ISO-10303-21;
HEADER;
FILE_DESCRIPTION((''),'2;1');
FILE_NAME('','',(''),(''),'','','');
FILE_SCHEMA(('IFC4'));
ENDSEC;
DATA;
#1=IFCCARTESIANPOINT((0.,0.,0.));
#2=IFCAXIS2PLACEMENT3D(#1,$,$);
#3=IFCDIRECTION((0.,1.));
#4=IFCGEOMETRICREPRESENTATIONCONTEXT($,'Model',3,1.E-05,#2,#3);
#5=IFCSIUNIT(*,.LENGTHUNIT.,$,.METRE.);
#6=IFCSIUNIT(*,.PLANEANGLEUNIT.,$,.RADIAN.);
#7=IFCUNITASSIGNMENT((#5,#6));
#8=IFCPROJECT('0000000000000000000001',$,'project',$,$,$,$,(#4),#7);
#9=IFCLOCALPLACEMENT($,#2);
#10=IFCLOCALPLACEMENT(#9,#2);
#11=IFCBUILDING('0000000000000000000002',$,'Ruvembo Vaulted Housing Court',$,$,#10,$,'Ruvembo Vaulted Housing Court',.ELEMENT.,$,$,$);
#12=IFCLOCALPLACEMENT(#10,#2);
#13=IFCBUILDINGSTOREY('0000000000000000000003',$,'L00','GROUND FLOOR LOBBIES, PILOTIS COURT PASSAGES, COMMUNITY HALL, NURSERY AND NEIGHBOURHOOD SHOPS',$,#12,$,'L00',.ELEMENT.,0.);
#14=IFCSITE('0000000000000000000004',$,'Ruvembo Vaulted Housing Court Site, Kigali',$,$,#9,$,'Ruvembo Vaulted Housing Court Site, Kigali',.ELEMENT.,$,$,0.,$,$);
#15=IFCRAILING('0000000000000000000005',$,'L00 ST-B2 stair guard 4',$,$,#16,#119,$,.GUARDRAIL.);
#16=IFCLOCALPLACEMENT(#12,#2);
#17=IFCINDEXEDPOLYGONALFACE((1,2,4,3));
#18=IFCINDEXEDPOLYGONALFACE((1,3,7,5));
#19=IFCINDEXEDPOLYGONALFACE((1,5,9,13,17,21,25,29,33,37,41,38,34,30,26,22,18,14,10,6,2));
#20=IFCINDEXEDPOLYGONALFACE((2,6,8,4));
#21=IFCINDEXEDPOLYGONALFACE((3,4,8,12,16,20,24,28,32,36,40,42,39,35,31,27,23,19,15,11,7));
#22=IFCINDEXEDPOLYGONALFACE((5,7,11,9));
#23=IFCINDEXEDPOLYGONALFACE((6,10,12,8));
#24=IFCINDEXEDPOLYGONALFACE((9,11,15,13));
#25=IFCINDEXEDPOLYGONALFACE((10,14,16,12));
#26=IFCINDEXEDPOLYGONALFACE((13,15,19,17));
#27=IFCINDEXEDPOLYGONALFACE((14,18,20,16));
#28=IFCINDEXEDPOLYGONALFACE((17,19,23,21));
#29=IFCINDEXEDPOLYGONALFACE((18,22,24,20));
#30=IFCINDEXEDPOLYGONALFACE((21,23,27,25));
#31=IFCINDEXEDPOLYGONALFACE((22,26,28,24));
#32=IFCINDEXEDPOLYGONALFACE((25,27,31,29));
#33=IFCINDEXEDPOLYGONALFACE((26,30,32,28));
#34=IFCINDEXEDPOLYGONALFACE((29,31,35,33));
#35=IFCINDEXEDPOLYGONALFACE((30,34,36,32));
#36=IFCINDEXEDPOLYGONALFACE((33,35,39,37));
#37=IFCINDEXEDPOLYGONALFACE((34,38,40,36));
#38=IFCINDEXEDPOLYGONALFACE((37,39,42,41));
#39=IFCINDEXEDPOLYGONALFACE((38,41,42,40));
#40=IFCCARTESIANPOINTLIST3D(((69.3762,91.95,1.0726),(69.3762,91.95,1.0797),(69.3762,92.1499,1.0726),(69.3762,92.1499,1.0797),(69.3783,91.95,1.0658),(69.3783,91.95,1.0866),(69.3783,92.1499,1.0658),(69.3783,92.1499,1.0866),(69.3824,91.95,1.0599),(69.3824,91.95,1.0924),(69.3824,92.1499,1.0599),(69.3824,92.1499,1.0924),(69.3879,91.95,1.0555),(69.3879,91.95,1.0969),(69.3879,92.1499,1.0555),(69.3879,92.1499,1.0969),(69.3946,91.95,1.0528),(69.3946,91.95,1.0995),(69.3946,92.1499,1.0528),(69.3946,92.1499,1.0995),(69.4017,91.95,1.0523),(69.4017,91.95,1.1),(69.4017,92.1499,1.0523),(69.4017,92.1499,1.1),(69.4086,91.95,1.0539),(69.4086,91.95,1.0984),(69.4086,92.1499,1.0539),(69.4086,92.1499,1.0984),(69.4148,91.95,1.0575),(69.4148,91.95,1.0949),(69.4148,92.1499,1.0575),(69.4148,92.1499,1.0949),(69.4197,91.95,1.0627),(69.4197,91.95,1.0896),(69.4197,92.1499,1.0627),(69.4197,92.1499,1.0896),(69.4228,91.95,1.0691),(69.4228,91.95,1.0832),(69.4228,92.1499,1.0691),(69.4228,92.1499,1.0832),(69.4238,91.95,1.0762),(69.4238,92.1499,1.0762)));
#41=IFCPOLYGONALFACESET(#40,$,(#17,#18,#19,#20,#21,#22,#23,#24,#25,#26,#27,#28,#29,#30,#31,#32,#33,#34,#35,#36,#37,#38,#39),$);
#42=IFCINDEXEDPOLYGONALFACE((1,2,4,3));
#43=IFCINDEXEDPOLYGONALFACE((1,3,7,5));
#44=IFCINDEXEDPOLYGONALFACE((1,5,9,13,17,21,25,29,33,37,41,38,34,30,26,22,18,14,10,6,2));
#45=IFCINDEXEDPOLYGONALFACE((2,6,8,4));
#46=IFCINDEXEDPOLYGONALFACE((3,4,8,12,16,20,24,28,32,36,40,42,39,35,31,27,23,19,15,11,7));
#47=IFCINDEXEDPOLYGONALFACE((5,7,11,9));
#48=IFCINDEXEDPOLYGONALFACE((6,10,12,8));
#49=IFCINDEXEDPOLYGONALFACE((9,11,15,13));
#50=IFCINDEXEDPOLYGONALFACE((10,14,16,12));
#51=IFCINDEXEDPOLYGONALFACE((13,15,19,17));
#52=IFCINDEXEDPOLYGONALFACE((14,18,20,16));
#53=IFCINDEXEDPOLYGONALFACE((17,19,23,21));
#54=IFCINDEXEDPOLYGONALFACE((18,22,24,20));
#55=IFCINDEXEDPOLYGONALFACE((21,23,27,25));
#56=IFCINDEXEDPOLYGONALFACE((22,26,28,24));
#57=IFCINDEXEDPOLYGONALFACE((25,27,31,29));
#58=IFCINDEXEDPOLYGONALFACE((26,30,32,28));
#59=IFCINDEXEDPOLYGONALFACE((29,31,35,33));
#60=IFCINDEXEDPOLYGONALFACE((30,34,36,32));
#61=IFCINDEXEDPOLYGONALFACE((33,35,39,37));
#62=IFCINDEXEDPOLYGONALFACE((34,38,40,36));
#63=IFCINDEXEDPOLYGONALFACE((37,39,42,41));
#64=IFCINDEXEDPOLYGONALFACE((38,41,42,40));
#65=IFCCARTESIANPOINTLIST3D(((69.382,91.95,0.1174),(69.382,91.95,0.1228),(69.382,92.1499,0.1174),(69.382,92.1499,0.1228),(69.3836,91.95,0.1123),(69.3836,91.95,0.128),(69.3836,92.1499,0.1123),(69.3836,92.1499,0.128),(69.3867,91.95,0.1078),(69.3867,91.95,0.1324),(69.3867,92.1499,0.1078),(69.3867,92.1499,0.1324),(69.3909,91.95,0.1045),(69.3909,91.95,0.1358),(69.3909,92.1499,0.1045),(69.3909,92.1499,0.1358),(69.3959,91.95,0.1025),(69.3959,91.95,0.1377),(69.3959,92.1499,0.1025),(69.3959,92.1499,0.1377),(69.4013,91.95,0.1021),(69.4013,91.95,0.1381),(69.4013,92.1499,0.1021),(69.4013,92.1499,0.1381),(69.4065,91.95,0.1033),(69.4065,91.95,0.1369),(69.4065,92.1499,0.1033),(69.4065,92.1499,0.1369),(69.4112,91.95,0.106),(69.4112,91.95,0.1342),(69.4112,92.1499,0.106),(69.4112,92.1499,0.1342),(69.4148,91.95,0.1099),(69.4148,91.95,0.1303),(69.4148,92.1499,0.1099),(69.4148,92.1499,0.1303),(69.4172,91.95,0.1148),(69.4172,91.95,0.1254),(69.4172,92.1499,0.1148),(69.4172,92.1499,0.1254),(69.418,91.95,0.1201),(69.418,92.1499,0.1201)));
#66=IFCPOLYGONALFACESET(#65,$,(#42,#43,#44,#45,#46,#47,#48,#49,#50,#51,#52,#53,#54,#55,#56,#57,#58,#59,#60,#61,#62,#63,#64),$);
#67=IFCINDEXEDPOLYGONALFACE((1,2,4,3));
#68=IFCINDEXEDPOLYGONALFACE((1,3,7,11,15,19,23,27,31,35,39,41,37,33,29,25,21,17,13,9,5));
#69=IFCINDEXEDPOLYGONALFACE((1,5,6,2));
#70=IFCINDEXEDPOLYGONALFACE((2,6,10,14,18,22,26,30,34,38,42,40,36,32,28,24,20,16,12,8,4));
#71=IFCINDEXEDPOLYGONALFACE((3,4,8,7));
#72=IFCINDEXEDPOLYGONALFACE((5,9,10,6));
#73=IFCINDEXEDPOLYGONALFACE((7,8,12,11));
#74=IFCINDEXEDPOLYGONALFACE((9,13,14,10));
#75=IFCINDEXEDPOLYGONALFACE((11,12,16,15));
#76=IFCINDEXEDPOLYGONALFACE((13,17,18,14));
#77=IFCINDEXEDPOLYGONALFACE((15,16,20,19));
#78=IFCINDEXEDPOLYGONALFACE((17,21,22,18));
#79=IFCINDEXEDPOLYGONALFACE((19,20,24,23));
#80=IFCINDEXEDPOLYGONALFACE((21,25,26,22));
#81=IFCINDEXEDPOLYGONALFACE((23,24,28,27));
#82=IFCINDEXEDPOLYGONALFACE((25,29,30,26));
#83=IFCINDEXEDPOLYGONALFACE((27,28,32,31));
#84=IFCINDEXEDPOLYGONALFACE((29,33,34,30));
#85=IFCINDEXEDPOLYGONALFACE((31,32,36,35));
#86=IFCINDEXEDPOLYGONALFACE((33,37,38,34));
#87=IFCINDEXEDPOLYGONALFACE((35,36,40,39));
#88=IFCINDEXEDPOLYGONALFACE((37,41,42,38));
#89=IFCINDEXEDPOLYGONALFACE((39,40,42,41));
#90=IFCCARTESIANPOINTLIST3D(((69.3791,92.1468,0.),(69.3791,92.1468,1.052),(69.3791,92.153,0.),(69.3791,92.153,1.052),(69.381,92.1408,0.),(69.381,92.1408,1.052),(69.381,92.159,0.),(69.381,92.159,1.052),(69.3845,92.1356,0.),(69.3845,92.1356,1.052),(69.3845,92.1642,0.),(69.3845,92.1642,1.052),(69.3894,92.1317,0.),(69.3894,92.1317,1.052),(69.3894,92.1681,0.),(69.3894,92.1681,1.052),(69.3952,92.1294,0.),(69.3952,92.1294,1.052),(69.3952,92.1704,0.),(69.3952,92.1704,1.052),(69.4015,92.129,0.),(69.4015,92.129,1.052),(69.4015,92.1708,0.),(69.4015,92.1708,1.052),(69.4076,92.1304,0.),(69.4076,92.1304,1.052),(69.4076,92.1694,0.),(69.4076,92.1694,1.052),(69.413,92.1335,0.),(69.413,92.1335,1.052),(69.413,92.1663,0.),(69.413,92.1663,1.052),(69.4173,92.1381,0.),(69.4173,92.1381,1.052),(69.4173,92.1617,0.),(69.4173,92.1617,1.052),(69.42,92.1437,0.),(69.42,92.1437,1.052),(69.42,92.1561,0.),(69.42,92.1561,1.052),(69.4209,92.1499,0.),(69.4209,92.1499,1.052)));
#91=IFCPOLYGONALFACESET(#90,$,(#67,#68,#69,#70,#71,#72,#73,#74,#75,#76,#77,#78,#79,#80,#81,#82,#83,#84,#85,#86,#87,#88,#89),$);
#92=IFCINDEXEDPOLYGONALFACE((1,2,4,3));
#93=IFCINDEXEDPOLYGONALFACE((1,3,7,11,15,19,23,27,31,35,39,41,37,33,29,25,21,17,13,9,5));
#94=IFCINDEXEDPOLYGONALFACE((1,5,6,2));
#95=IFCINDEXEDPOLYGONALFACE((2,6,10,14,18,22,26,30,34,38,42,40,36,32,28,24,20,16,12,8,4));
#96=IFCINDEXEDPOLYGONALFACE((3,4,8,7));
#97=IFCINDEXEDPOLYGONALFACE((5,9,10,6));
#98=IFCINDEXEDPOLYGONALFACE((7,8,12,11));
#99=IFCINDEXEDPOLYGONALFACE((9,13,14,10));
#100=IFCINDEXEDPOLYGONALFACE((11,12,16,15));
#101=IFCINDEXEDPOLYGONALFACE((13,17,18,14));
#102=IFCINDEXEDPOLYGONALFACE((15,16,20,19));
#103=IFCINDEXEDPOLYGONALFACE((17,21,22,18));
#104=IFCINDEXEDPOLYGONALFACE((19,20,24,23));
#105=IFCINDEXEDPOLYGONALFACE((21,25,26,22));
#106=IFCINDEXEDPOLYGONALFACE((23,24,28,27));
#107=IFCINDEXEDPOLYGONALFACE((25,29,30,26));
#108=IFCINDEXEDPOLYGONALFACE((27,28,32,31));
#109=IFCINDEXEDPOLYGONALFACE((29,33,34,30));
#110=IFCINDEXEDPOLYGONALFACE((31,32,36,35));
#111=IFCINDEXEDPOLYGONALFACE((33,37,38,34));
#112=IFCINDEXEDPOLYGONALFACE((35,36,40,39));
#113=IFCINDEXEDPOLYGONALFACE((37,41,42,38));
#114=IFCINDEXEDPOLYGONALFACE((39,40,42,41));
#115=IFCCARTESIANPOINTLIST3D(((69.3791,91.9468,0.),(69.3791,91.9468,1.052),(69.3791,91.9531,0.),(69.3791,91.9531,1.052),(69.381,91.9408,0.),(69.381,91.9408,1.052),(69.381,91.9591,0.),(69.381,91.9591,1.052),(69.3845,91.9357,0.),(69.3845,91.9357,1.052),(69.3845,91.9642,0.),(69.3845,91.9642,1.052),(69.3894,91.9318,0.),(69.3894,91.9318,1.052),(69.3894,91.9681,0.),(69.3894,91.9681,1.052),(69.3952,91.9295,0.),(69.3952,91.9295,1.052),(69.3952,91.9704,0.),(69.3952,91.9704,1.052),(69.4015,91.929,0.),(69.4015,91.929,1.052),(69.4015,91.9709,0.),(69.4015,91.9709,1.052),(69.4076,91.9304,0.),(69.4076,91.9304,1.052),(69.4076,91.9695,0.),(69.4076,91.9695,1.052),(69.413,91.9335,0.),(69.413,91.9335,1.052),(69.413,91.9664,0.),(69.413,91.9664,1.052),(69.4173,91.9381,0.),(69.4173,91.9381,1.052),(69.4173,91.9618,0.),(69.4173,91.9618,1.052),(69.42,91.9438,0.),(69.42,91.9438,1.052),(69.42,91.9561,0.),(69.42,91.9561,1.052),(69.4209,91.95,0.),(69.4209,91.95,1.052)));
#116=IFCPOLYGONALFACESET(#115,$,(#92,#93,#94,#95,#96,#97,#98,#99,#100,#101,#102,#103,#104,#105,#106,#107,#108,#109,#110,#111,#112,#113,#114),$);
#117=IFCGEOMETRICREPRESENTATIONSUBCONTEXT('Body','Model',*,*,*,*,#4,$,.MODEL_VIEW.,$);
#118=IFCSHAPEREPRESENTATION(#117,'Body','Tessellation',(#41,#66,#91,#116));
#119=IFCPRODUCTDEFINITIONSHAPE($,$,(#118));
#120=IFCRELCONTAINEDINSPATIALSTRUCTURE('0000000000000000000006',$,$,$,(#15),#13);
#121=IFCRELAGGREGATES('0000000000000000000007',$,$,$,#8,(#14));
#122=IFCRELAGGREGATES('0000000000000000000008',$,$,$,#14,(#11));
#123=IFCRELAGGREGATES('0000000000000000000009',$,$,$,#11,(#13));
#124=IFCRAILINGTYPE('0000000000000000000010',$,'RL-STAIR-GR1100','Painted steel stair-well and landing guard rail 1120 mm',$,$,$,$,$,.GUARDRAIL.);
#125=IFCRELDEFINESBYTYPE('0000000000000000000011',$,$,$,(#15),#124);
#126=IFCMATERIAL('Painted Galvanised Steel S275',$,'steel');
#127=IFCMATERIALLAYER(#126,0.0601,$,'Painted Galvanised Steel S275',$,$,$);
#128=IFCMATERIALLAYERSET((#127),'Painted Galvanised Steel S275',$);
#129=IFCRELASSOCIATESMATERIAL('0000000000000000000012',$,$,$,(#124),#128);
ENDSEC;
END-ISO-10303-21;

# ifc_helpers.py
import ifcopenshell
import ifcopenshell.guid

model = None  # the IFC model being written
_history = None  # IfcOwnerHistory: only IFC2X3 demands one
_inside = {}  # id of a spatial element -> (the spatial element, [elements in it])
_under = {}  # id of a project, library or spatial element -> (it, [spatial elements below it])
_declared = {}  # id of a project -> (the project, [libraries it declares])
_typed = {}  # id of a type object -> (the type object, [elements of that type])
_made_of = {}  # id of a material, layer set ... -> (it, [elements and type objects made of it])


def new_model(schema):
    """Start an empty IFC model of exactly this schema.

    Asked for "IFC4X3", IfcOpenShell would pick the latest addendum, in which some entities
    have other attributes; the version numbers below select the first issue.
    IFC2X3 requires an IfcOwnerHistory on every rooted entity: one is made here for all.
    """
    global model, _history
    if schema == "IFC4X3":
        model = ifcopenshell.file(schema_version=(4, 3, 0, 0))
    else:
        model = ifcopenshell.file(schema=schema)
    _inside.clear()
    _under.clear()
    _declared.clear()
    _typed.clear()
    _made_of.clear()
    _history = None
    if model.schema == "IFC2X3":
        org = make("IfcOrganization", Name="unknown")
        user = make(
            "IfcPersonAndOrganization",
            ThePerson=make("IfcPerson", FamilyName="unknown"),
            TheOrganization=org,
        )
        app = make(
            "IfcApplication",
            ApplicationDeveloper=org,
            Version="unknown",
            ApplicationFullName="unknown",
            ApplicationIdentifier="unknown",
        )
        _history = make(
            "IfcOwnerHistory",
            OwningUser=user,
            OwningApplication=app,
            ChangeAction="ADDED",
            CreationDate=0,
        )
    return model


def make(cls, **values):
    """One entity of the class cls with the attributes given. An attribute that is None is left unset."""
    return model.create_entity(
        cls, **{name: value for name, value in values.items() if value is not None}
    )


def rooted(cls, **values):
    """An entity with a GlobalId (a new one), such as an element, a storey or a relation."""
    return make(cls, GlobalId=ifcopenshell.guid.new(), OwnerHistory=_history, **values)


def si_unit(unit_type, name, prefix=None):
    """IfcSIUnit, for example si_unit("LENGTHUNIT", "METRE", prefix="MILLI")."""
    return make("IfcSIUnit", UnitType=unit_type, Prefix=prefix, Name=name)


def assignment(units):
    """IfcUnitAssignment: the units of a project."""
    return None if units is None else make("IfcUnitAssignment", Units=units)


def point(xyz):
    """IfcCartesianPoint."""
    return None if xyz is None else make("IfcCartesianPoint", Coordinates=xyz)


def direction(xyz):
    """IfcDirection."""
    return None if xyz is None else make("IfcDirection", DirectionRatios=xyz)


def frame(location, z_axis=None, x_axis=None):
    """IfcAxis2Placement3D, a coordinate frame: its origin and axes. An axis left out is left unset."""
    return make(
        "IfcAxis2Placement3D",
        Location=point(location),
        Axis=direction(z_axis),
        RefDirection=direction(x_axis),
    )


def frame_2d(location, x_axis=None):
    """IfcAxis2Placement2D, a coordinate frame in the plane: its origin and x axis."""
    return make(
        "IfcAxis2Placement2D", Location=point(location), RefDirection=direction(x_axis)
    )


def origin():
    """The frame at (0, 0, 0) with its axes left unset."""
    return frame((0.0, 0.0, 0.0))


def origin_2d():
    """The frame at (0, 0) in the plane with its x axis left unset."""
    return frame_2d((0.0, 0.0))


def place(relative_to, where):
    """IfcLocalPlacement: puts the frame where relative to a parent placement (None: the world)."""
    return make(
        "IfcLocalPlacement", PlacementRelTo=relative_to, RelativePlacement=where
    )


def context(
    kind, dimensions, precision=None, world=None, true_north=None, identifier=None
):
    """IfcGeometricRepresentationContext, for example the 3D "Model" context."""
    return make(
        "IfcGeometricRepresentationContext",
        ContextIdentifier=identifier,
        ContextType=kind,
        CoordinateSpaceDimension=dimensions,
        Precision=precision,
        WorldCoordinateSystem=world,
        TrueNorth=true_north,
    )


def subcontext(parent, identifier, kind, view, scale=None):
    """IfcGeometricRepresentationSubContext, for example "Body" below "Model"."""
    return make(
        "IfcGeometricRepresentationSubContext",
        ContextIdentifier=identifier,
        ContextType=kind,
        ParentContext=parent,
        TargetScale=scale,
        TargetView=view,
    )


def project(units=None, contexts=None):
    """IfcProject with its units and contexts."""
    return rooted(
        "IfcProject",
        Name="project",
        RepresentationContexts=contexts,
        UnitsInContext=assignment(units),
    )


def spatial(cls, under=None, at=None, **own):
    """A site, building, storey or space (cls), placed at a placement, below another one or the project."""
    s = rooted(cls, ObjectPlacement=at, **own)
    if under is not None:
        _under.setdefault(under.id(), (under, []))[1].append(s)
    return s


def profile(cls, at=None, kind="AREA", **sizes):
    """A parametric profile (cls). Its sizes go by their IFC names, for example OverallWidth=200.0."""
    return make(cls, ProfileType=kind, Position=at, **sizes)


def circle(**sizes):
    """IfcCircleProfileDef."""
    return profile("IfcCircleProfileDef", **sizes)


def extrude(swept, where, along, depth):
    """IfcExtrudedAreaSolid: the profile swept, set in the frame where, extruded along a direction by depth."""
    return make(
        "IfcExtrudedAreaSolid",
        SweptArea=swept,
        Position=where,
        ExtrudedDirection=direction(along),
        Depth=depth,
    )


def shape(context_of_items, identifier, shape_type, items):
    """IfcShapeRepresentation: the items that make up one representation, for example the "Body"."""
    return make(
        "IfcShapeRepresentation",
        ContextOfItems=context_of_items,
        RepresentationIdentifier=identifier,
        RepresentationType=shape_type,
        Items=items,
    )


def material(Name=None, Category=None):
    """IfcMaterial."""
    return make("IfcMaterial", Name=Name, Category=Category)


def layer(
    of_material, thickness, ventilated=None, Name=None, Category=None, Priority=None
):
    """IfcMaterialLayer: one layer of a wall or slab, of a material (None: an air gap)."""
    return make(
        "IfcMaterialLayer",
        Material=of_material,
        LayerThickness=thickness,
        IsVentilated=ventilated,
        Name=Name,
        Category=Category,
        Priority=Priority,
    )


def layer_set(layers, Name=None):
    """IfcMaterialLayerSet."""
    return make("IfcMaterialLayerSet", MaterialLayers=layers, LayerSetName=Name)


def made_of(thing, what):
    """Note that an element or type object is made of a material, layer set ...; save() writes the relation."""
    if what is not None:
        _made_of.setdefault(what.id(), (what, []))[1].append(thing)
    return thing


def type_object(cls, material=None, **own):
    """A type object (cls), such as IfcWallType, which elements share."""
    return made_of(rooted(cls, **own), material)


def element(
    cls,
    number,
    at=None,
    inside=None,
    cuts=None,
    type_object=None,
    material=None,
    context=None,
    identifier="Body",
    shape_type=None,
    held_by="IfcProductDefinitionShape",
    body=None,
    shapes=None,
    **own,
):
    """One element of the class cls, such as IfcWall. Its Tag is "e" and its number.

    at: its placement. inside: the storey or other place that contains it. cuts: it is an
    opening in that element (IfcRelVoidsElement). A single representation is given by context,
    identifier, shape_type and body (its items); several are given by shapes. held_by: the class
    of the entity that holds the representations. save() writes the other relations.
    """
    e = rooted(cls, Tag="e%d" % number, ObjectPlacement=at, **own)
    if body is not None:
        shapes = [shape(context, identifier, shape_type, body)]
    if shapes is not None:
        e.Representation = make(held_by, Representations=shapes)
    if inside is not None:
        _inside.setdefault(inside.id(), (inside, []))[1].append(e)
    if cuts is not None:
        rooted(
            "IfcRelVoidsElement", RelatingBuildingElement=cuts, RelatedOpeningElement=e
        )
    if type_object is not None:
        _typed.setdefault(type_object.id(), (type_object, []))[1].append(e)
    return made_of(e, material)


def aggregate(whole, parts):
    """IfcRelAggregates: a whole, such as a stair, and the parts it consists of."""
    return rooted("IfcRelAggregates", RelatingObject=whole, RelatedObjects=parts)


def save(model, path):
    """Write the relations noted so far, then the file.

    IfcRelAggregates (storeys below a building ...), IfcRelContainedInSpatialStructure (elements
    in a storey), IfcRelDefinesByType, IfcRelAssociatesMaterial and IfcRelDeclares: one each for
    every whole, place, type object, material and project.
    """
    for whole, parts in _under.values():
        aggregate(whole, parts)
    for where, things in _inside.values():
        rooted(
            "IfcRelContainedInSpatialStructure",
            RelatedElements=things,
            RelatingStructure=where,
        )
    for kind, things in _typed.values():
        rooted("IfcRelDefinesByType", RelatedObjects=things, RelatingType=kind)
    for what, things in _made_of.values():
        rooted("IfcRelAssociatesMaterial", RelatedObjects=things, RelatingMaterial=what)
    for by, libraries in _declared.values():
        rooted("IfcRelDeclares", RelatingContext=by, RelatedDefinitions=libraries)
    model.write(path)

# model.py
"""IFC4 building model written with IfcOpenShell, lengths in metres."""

from ifc_helpers import new_model, si_unit, direction, frame, origin, origin_2d, place, context, subcontext, project, spatial, circle, extrude, material, layer, layer_set, type_object, element, save


model = new_model("IFC4")

# Units and contexts
model_context = context("Model", 3, precision=1e-05, world=origin(), true_north=direction((0.0, 1.0)))
body_context = subcontext(model_context, "Body", "Model", "MODEL_VIEW")
ifc_project = project(units=[si_unit("LENGTHUNIT", "METRE"), si_unit("PLANEANGLEUNIT", "RADIAN")], contexts=[model_context])

# Site, building, storey
site_placement = place(None, origin())
site = spatial("IfcSite", under=ifc_project, at=site_placement, Name="Ruvembo Vaulted Housing Court Site, Kigali", LongName="Ruvembo Vaulted Housing Court Site, Kigali", CompositionType="ELEMENT", RefElevation=0.0)
building_placement = place(site_placement, origin())
building = spatial("IfcBuilding", under=site, at=building_placement, Name="Ruvembo Vaulted Housing Court", LongName="Ruvembo Vaulted Housing Court", CompositionType="ELEMENT")
storey_placement = place(building_placement, origin())
storey = spatial("IfcBuildingStorey", under=building, at=storey_placement, Name="L00", Description="GROUND FLOOR LOBBIES, PILOTIS COURT PASSAGES, COMMUNITY HALL, NURSERY AND NEIGHBOURHOOD SHOPS", LongName="L00", CompositionType="ELEMENT", Elevation=0.0)

# Railing
ifc_material_1 = material(Name="Painted Galvanised Steel S275", Category="steel")
ifc_layer_1 = layer(ifc_material_1, 0.0601, Name="Painted Galvanised Steel S275")
ifc_layer_set_1 = layer_set([ifc_layer_1], Name="Painted Galvanised Steel S275")
railing_type_1 = type_object("IfcRailingType", Name="RL-STAIR-GR1100", Description="Painted steel stair-well and landing guard rail 1120 mm", PredefinedType="GUARDRAIL", material=ifc_layer_set_1)
railing_1_placement = place(storey_placement, frame((69.3999, 92.1499, 0.0)))
element("IfcRailing", 1, at=railing_1_placement, inside=storey, type_object=railing_type_1, Name="L00 ST-B2 stair guard 4", PredefinedType="GUARDRAIL", context=body_context, shape_type="SweptSolid", body=[
    extrude(circle(Radius=0.0239, at=origin_2d()), frame((0.0, 0.0, 1.0762), z_axis=(0.0, -1.0, 0.0), x_axis=(1.0, 0.0, 0.0)), (0.0, 0.0, 1.0), 0.2),
    extrude(circle(Radius=0.0181, at=origin_2d()), frame((0.0, 0.0, 0.1201), z_axis=(0.0, -1.0, 0.0), x_axis=(1.0, 0.0, 0.0)), (0.0, 0.0, 1.0), 0.2),
    extrude(circle(Radius=0.021, at=origin_2d()), origin(), (0.0, 0.0, 1.0), 1.052),
    extrude(circle(Radius=0.021, at=origin_2d()), frame((0.0, -0.2, 0.0)), (0.0, 0.0, 1.0), 1.052),
])

save(model, "model.ifc")
